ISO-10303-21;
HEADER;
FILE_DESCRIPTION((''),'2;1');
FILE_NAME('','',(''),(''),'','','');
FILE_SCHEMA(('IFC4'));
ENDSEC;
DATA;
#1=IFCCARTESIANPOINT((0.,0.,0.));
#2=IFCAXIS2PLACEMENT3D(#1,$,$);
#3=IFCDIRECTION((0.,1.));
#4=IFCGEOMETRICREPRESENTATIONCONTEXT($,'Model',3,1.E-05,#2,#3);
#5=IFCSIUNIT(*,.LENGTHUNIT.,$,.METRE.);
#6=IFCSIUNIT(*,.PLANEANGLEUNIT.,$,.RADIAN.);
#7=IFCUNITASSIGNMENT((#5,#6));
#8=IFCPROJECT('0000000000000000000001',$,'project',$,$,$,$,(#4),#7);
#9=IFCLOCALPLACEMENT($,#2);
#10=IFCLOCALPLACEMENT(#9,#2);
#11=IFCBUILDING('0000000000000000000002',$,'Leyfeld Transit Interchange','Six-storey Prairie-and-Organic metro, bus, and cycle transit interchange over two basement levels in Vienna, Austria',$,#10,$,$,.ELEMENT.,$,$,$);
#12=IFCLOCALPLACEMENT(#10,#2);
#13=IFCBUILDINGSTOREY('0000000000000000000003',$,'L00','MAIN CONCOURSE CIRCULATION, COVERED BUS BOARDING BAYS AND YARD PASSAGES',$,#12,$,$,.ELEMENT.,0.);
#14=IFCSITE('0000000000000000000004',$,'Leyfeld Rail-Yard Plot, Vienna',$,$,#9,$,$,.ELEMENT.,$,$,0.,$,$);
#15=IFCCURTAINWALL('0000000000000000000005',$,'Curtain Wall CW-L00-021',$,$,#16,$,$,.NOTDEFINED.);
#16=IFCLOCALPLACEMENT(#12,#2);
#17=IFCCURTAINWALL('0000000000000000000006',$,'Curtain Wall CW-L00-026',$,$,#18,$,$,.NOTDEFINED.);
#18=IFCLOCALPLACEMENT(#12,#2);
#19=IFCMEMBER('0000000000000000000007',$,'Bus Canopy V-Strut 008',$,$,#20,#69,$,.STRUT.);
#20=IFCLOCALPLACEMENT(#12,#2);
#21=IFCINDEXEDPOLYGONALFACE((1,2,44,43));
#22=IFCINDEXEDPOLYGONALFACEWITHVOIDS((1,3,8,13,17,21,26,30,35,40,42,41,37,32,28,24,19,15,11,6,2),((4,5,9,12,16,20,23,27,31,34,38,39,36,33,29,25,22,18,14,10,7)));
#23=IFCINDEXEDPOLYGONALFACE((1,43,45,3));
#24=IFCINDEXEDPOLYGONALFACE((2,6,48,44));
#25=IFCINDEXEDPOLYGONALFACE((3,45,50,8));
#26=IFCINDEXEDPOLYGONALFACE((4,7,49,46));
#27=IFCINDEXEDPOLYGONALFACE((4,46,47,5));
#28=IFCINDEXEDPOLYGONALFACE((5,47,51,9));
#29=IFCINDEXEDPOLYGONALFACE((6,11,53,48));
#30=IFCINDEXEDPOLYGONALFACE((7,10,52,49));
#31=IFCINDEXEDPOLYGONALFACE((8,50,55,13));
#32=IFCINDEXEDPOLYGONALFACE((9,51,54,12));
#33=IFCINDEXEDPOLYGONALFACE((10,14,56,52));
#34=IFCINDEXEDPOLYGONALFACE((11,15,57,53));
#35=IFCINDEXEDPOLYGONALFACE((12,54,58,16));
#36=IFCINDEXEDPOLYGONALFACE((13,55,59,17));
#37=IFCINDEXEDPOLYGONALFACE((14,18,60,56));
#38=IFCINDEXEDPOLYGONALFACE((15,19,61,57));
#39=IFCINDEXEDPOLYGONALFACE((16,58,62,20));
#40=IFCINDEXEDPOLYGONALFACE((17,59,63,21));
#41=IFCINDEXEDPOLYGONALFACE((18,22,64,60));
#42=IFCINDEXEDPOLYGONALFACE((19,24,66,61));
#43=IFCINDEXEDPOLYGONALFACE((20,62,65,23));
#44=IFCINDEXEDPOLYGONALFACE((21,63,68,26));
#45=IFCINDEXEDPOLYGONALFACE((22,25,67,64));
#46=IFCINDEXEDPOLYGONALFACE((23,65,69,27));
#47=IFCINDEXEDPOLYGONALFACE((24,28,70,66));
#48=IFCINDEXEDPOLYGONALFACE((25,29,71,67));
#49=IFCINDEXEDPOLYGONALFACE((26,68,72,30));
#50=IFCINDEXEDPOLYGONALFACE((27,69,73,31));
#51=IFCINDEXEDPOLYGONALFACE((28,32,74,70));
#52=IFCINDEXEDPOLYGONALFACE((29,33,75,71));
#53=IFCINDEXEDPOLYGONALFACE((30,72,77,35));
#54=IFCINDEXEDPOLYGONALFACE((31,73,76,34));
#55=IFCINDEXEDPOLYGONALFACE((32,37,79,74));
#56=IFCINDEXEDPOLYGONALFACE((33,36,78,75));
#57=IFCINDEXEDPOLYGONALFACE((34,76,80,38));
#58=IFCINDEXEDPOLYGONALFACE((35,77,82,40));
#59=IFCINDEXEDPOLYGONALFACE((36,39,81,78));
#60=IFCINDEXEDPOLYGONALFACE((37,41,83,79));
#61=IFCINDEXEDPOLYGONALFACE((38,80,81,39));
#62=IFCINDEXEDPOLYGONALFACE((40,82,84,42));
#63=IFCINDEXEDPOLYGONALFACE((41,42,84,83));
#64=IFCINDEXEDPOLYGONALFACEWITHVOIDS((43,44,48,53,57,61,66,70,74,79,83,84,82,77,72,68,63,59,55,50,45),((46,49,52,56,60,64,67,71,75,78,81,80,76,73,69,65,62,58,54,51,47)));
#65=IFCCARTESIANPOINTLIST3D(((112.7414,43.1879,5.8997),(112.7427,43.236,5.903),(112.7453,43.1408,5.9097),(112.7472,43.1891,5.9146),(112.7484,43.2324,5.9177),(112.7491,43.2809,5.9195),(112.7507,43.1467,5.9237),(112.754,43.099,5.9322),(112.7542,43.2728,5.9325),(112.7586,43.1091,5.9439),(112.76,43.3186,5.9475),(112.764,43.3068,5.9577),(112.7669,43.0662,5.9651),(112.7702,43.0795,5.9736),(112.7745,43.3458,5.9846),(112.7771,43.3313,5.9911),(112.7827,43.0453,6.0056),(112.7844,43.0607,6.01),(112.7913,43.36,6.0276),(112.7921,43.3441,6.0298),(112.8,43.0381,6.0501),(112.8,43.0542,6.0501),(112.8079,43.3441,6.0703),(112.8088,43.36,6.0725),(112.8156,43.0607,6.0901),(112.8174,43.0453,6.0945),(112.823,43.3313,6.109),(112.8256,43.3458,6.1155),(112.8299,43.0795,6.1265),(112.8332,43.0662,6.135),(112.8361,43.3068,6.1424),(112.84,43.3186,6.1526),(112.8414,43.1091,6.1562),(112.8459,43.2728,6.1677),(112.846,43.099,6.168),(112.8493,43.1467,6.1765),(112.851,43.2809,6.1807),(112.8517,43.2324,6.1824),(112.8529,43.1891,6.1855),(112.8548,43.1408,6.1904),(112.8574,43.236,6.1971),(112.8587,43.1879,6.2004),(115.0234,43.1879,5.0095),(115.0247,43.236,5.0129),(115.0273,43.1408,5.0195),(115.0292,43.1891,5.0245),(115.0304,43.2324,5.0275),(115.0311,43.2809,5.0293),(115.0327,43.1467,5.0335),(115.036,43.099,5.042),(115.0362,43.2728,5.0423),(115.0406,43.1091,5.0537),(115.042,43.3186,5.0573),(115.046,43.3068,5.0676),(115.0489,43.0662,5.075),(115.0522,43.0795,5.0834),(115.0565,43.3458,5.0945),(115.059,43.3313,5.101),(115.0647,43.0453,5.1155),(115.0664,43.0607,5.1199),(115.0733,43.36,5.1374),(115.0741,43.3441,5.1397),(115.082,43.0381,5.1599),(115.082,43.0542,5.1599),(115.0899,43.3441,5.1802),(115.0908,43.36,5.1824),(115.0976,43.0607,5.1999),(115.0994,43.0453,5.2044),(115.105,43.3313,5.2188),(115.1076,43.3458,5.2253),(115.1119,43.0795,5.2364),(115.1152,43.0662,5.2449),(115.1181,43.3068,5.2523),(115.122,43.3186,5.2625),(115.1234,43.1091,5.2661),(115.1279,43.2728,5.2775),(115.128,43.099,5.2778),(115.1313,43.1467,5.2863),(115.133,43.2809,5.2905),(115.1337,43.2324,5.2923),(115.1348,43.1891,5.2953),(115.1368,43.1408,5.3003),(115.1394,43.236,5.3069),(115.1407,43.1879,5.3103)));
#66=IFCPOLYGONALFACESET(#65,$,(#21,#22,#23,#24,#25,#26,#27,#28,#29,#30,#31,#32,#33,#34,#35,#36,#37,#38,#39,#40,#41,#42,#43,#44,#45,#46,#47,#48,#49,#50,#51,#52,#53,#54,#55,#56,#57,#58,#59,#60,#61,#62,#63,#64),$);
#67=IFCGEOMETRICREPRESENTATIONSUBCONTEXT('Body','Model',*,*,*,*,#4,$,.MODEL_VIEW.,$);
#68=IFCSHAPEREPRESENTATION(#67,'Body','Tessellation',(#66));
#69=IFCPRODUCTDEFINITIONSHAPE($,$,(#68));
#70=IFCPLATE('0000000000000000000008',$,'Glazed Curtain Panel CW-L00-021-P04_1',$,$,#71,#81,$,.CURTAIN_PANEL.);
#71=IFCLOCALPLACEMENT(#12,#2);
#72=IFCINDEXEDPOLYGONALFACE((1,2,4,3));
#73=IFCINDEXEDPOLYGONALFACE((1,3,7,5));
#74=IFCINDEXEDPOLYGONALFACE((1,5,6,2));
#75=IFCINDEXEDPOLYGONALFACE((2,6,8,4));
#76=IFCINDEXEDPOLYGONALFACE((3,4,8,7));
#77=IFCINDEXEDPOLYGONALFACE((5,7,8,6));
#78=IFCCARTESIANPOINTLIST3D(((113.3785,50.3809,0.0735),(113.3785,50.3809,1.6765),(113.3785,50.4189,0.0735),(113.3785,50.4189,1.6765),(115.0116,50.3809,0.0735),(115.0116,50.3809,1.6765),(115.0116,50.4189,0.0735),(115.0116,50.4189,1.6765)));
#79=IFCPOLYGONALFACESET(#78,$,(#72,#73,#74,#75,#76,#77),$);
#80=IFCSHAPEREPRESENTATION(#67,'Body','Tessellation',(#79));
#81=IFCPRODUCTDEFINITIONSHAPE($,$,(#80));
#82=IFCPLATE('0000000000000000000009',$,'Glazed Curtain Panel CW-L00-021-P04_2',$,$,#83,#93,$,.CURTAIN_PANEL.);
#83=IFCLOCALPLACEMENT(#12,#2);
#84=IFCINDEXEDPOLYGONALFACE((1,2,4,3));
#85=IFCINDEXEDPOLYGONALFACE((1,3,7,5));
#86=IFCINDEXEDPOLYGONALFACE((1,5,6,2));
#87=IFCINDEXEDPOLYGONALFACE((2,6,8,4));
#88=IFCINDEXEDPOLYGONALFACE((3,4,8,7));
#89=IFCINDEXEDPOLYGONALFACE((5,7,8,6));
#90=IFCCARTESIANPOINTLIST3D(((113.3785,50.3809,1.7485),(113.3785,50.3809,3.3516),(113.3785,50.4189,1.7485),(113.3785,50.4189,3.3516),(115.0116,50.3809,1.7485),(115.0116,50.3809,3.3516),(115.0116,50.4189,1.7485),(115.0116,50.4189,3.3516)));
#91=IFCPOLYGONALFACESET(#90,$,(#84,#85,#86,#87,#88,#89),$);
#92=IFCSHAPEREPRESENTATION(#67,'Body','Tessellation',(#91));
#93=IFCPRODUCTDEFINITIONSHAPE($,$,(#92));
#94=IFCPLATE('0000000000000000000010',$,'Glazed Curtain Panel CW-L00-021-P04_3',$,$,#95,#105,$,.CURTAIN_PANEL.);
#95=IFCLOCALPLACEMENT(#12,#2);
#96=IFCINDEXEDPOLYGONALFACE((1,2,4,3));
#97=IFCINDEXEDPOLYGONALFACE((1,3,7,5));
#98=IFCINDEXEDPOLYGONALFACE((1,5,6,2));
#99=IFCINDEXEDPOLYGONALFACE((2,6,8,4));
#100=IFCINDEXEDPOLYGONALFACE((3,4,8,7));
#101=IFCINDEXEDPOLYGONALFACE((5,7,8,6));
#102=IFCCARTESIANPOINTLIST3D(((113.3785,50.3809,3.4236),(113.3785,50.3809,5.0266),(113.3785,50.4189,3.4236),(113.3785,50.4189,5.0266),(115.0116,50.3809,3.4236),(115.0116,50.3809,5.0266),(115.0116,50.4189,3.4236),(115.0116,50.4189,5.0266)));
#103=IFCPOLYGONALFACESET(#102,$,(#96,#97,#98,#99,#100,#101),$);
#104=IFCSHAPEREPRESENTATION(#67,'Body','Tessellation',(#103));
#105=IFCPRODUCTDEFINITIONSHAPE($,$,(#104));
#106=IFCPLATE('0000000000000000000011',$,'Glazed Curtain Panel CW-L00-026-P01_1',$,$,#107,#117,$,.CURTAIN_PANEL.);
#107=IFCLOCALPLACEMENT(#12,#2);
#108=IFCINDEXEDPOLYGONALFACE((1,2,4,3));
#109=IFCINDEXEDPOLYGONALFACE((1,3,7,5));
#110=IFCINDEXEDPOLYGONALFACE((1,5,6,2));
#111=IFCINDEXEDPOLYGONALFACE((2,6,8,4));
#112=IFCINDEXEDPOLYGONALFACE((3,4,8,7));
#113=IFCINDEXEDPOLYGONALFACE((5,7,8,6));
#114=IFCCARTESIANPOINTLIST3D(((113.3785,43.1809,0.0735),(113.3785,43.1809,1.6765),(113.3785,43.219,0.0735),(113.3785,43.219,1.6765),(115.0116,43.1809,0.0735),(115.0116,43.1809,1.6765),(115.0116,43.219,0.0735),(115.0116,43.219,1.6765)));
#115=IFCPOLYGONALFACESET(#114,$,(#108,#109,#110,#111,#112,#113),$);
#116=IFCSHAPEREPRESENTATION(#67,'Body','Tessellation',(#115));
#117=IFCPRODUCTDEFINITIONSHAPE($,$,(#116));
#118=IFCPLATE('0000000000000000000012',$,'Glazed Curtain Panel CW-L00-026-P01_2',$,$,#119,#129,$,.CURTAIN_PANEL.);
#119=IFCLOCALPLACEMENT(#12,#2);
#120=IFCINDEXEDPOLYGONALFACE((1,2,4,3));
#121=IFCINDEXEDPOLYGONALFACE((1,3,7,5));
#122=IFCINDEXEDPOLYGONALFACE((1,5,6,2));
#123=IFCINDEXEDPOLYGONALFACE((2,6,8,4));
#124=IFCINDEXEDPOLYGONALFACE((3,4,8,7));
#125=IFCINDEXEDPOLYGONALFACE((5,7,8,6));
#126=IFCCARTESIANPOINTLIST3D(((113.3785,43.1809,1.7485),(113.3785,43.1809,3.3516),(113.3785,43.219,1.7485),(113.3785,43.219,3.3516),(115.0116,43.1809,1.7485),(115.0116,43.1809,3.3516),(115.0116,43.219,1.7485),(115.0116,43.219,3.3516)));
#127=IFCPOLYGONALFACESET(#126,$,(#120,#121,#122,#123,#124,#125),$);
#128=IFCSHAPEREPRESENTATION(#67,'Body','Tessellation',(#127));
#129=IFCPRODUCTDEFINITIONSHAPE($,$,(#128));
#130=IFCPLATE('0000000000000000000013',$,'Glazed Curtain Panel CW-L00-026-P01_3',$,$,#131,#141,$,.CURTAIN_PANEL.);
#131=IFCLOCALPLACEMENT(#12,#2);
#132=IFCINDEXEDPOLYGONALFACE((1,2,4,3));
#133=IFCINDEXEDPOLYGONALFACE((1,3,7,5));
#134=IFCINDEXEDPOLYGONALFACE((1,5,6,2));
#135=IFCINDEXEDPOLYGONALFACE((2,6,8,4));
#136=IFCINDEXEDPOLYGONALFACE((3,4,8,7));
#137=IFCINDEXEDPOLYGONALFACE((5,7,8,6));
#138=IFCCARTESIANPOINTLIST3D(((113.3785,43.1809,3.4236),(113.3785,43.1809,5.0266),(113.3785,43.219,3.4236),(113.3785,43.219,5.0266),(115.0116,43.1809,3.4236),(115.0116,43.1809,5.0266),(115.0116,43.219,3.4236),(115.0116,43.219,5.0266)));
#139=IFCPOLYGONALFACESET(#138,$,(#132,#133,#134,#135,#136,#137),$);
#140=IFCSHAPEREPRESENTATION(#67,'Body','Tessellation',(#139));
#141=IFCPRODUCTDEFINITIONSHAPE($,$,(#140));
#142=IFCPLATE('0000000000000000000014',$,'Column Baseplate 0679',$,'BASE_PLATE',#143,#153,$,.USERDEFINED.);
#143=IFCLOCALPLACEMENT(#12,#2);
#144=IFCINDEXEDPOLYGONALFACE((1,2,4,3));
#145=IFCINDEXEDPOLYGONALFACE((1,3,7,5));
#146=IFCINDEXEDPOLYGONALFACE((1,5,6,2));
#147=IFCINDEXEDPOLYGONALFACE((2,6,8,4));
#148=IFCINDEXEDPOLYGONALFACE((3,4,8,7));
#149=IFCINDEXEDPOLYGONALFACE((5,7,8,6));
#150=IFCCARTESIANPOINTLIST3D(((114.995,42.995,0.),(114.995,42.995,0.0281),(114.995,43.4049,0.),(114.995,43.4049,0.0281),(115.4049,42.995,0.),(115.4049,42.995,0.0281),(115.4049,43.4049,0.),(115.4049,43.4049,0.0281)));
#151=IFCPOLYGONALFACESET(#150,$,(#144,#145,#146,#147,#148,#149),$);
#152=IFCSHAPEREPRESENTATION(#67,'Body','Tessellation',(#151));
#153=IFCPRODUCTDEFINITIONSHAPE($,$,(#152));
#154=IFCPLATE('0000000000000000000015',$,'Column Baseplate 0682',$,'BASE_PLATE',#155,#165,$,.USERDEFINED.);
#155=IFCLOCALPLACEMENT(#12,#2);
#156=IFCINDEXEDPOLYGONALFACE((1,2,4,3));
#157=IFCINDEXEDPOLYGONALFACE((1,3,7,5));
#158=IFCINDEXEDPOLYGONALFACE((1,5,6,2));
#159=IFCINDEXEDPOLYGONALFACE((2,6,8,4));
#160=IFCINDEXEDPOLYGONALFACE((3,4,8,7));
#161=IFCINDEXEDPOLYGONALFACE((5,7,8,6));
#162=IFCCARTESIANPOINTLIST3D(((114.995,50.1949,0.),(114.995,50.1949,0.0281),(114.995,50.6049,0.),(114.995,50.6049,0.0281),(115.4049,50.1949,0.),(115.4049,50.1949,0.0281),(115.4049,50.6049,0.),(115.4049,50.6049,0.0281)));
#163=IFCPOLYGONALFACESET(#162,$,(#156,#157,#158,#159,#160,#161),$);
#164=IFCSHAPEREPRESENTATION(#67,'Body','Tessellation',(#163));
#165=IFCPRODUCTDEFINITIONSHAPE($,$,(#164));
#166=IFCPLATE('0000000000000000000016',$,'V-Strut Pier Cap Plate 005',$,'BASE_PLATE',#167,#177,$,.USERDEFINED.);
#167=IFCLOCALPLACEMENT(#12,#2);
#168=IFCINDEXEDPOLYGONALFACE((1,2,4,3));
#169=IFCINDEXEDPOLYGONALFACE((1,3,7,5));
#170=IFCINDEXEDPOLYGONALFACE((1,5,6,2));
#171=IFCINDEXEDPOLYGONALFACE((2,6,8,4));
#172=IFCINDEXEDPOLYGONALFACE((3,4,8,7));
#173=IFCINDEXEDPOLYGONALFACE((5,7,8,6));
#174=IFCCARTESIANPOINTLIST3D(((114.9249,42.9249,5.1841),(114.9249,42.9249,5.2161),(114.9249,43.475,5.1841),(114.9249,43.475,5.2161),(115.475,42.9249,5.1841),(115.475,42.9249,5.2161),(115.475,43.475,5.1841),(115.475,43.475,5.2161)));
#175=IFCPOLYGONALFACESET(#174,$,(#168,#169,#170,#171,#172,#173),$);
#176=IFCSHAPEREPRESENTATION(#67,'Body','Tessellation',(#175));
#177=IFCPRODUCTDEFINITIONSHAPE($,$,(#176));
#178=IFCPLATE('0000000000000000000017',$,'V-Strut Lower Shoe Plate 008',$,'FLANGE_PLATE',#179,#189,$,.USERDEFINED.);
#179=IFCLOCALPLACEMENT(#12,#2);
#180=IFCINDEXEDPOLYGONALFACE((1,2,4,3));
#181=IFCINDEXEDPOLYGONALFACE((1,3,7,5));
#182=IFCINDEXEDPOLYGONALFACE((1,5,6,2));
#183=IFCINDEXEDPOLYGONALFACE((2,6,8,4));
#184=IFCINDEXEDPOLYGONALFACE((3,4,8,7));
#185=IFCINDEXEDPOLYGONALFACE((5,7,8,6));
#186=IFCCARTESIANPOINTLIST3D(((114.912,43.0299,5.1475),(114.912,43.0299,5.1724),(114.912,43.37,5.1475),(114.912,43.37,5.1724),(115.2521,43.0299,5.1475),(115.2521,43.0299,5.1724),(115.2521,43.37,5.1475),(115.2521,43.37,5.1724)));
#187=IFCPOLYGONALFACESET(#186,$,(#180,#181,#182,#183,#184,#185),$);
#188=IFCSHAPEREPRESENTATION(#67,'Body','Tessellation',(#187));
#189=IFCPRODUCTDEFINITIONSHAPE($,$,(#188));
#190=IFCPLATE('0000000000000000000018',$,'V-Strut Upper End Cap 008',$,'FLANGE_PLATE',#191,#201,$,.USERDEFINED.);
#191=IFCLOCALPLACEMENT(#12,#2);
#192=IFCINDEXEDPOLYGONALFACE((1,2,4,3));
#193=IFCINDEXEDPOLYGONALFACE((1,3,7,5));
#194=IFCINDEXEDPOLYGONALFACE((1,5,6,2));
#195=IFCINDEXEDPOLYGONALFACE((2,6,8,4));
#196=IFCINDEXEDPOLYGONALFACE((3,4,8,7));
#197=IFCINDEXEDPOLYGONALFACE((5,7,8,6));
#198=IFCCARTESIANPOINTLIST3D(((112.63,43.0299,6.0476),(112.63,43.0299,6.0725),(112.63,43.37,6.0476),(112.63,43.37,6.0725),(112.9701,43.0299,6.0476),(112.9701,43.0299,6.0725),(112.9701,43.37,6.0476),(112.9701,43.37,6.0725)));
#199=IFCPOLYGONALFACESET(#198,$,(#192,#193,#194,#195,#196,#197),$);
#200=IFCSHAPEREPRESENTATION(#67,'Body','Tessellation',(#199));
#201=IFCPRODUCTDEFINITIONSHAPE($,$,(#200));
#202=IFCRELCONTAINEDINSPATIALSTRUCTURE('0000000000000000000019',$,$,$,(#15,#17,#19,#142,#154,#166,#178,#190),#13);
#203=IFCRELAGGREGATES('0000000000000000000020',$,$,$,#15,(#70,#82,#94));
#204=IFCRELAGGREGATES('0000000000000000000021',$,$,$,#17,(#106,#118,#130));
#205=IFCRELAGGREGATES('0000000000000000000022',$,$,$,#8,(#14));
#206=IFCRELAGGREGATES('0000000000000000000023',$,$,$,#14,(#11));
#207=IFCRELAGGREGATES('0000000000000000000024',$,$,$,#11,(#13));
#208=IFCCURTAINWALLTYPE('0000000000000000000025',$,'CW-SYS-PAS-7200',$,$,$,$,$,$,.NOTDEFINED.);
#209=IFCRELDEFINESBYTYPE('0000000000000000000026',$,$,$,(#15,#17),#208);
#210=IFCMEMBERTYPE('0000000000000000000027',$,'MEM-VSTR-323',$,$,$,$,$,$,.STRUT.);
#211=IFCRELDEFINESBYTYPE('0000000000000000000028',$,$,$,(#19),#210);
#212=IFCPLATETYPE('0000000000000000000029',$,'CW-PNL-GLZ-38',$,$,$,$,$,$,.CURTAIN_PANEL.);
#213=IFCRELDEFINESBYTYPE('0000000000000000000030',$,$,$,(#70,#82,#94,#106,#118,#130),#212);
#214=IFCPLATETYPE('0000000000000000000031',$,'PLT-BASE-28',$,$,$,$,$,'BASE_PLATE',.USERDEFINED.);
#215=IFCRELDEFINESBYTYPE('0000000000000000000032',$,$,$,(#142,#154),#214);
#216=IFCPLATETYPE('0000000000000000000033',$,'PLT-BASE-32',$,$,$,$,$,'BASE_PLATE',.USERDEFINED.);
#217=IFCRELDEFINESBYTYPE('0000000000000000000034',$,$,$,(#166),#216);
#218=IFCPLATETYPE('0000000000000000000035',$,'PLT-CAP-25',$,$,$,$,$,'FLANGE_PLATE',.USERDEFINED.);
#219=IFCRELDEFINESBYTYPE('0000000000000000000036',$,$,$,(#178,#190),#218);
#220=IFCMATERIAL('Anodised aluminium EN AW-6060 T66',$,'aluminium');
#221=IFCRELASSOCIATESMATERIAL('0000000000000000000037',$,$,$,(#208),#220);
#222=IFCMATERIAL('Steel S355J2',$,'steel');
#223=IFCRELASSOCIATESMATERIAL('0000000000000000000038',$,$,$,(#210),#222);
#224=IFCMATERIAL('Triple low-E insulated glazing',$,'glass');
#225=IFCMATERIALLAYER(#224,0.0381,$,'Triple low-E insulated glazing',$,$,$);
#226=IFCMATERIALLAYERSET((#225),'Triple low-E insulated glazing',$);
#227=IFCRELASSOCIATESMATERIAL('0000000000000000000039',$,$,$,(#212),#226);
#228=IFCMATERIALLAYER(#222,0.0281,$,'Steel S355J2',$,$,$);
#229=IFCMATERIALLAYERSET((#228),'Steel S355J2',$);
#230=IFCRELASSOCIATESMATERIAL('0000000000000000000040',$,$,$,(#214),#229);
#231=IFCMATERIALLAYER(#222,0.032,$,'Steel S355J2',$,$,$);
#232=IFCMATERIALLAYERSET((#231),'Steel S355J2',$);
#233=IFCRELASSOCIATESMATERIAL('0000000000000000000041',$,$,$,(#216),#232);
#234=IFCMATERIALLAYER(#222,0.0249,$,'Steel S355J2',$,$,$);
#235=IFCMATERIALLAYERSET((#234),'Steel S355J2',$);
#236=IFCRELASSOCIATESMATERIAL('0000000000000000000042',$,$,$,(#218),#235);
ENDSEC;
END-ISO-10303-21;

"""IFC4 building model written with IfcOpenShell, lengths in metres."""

from ifc_helpers import new_model, si_unit, direction, frame, origin, origin_2d, place, context, subcontext, project, spatial, rectangle, hollow_circle, extrude, material, layer, layer_set, material_profile, profile_set, type_object, element, aggregate, save


model = new_model("IFC4")

# Units and contexts
model_context = context("Model", 3, precision=1e-05, world=origin(), true_north=direction((0.0, 1.0)))
body_context = subcontext(model_context, "Body", "Model", "MODEL_VIEW")
ifc_project = project(units=[si_unit("LENGTHUNIT", "METRE"), si_unit("PLANEANGLEUNIT", "RADIAN")], contexts=[model_context])

# Site, building, storey
site_placement = place(None, origin())
site = spatial("IfcSite", under=ifc_project, at=site_placement, Name="Leyfeld Rail-Yard Plot, Vienna", CompositionType="ELEMENT", RefElevation=0.0)
building_placement = place(site_placement, origin())
building = spatial("IfcBuilding", under=site, at=building_placement, Name="Leyfeld Transit Interchange", Description="Six-storey Prairie-and-Organic metro, bus, and cycle transit interchange over two basement levels in Vienna, Austria", CompositionType="ELEMENT")
storey_placement = place(building_placement, origin())
storey = spatial("IfcBuildingStorey", under=building, at=storey_placement, Name="L00", Description="MAIN CONCOURSE CIRCULATION, COVERED BUS BOARDING BAYS AND YARD PASSAGES", CompositionType="ELEMENT", Elevation=0.0)

# Shared definitions
ifc_material_1 = material(Name="Steel S355J2", Category="steel")

# Curtain walls
ifc_material_2 = material(Name="Anodised aluminium EN AW-6060 T66", Category="aluminium")
curtain_wall_type = type_object("IfcCurtainWallType", Name="CW-SYS-PAS-7200", PredefinedType="NOTDEFINED", material=ifc_material_2)
curtain_wall_1_placement = place(storey_placement, origin())
curtain_wall_1 = element("IfcCurtainWall", 1, at=curtain_wall_1_placement, inside=storey, type_object=curtain_wall_type, Name="Curtain Wall CW-L00-021", PredefinedType="NOTDEFINED")
curtain_wall_2_placement = place(storey_placement, origin())
curtain_wall_2 = element("IfcCurtainWall", 2, at=curtain_wall_2_placement, inside=storey, type_object=curtain_wall_type, Name="Curtain Wall CW-L00-026", PredefinedType="NOTDEFINED")

# Member
ifc_material_profile_1 = material_profile(ifc_material_1, hollow_circle(Radius=0.1619, WallThickness=0.0161, at=origin_2d()), Name="CHS 323.9x16")
ifc_profile_set_1 = profile_set([ifc_material_profile_1], Name="Steel S355J2")
member_type_1 = type_object("IfcMemberType", Name="MEM-VSTR-323", PredefinedType="STRUT", material=ifc_profile_set_1)
member_1_placement = place(storey_placement, frame((115.082, 43.2, 5.1599), z_axis=(-0.931632, 0.0, 0.363403), x_axis=(0.0, -1.0, 0.0)))
element("IfcMember", 3, at=member_1_placement, inside=storey, type_object=member_type_1, Name="Bus Canopy V-Strut 008", PredefinedType="STRUT", context=body_context, shape_type="SweptSolid", body=[
    extrude(hollow_circle(Radius=0.1619, WallThickness=0.0161, at=origin_2d()), origin(), (0.0, 0.0, 1.0), 2.4495),
])

# Plates
ifc_material_3 = material(Name="Triple low-E insulated glazing", Category="glass")
ifc_layer_1 = layer(ifc_material_3, 0.0381, Name="Triple low-E insulated glazing")
ifc_layer_set_1 = layer_set([ifc_layer_1], Name="Triple low-E insulated glazing")
plate_type_1 = type_object("IfcPlateType", Name="CW-PNL-GLZ-38", PredefinedType="CURTAIN_PANEL", material=ifc_layer_set_1)
plate_1_placement = place(storey_placement, frame((114.1951, 50.3999, 0.0735), z_axis=(0.0, 0.0, 1.0), x_axis=(1.0, 0.0, 0.0)))
plate_1 = element("IfcPlate", 4, at=plate_1_placement, type_object=plate_type_1, Name="Glazed Curtain Panel CW-L00-021-P04_1", PredefinedType="CURTAIN_PANEL", context=body_context, shape_type="SweptSolid", body=[
    extrude(rectangle(XDim=1.6331, YDim=0.0381, at=origin_2d()), origin(), (0.0, 0.0, 1.0), 1.603),
])
plate_2_placement = place(storey_placement, frame((114.1951, 50.3999, 1.7485), z_axis=(0.0, 0.0, 1.0), x_axis=(1.0, 0.0, 0.0)))
plate_2 = element("IfcPlate", 5, at=plate_2_placement, type_object=plate_type_1, Name="Glazed Curtain Panel CW-L00-021-P04_2", PredefinedType="CURTAIN_PANEL", context=body_context, shape_type="SweptSolid", body=[
    extrude(rectangle(XDim=1.6331, YDim=0.0381, at=origin_2d()), origin(), (0.0, 0.0, 1.0), 1.603),
])
plate_3_placement = place(storey_placement, frame((114.1951, 50.3999, 3.4236), z_axis=(0.0, 0.0, 1.0), x_axis=(1.0, 0.0, 0.0)))
plate_3 = element("IfcPlate", 6, at=plate_3_placement, type_object=plate_type_1, Name="Glazed Curtain Panel CW-L00-021-P04_3", PredefinedType="CURTAIN_PANEL", context=body_context, shape_type="SweptSolid", body=[
    extrude(rectangle(XDim=1.6331, YDim=0.0381, at=origin_2d()), origin(), (0.0, 0.0, 1.0), 1.603),
])
aggregate(curtain_wall_1, [plate_1, plate_2, plate_3])
plate_4_placement = place(storey_placement, frame((114.1951, 43.2, 0.0735), z_axis=(0.0, 0.0, 1.0), x_axis=(-1.0, 0.0, 0.0)))
plate_4 = element("IfcPlate", 7, at=plate_4_placement, type_object=plate_type_1, Name="Glazed Curtain Panel CW-L00-026-P01_1", PredefinedType="CURTAIN_PANEL", context=body_context, shape_type="SweptSolid", body=[
    extrude(rectangle(XDim=1.6331, YDim=0.0381, at=origin_2d()), origin(), (0.0, 0.0, 1.0), 1.603),
])
plate_5_placement = place(storey_placement, frame((114.1951, 43.2, 1.7485), z_axis=(0.0, 0.0, 1.0), x_axis=(-1.0, 0.0, 0.0)))
plate_5 = element("IfcPlate", 8, at=plate_5_placement, type_object=plate_type_1, Name="Glazed Curtain Panel CW-L00-026-P01_2", PredefinedType="CURTAIN_PANEL", context=body_context, shape_type="SweptSolid", body=[
    extrude(rectangle(XDim=1.6331, YDim=0.0381, at=origin_2d()), origin(), (0.0, 0.0, 1.0), 1.603),
])
plate_6_placement = place(storey_placement, frame((114.1951, 43.2, 3.4236), z_axis=(0.0, 0.0, 1.0), x_axis=(-1.0, 0.0, 0.0)))
plate_6 = element("IfcPlate", 9, at=plate_6_placement, type_object=plate_type_1, Name="Glazed Curtain Panel CW-L00-026-P01_3", PredefinedType="CURTAIN_PANEL", context=body_context, shape_type="SweptSolid", body=[
    extrude(rectangle(XDim=1.6331, YDim=0.0381, at=origin_2d()), origin(), (0.0, 0.0, 1.0), 1.603),
])
aggregate(curtain_wall_2, [plate_4, plate_5, plate_6])

# Plates
ifc_layer_2 = layer(ifc_material_1, 0.0281, Name="Steel S355J2")
ifc_layer_set_2 = layer_set([ifc_layer_2], Name="Steel S355J2")
plate_type_2 = type_object("IfcPlateType", Name="PLT-BASE-28", ElementType="BASE_PLATE", PredefinedType="USERDEFINED", material=ifc_layer_set_2)
for number, where, z_axis, x_axis, name in (
    (10, (115.2, 43.2, 0.0), (0.0, 0.0, 1.0), (1.0, 0.0, 0.0), "Column Baseplate 0679"),
    (11, (115.2, 50.3999, 0.0), (0.0, 0.0, 1.0), (1.0, 0.0, 0.0), "Column Baseplate 0682"),
):
    element("IfcPlate", number, at=place(storey_placement, frame(where, z_axis=z_axis, x_axis=x_axis)), inside=storey, type_object=plate_type_2, Name=name, ObjectType="BASE_PLATE", PredefinedType="USERDEFINED", context=body_context, shape_type="SweptSolid", body=[
        extrude(rectangle(XDim=0.4099, YDim=0.4099, at=origin_2d()), origin(), (0.0, 0.0, 1.0), 0.0281),
    ])
ifc_layer_3 = layer(ifc_material_1, 0.032, Name="Steel S355J2")
ifc_layer_set_3 = layer_set([ifc_layer_3], Name="Steel S355J2")
plate_type_3 = type_object("IfcPlateType", Name="PLT-BASE-32", ElementType="BASE_PLATE", PredefinedType="USERDEFINED", material=ifc_layer_set_3)
plate_7_placement = place(storey_placement, frame((115.2, 43.2, 5.1841), z_axis=(0.0, 0.0, 1.0), x_axis=(1.0, 0.0, 0.0)))
element("IfcPlate", 12, at=plate_7_placement, inside=storey, type_object=plate_type_3, Name="V-Strut Pier Cap Plate 005", ObjectType="BASE_PLATE", PredefinedType="USERDEFINED", context=body_context, shape_type="SweptSolid", body=[
    extrude(rectangle(XDim=0.55, YDim=0.55, at=origin_2d()), origin(), (0.0, 0.0, 1.0), 0.032),
])
ifc_layer_4 = layer(ifc_material_1, 0.0249, Name="Steel S355J2")
ifc_layer_set_4 = layer_set([ifc_layer_4], Name="Steel S355J2")
plate_type_4 = type_object("IfcPlateType", Name="PLT-CAP-25", ElementType="FLANGE_PLATE", PredefinedType="USERDEFINED", material=ifc_layer_set_4)
for number, where, z_axis, x_axis, name in (
    (13, (115.082, 43.2, 5.1475), (0.0, 0.0, 1.0), (1.0, 0.0, 0.0), "V-Strut Lower Shoe Plate 008"),
    (14, (112.8, 43.2, 6.0476), (0.0, 0.0, 1.0), (1.0, 0.0, 0.0), "V-Strut Upper End Cap 008"),
):
    element("IfcPlate", number, at=place(storey_placement, frame(where, z_axis=z_axis, x_axis=x_axis)), inside=storey, type_object=plate_type_4, Name=name, ObjectType="FLANGE_PLATE", PredefinedType="USERDEFINED", context=body_context, shape_type="SweptSolid", body=[
        extrude(rectangle(XDim=0.3401, YDim=0.3401, at=origin_2d()), origin(), (0.0, 0.0, 1.0), 0.0249),
    ])

save(model, "model.ifc")
